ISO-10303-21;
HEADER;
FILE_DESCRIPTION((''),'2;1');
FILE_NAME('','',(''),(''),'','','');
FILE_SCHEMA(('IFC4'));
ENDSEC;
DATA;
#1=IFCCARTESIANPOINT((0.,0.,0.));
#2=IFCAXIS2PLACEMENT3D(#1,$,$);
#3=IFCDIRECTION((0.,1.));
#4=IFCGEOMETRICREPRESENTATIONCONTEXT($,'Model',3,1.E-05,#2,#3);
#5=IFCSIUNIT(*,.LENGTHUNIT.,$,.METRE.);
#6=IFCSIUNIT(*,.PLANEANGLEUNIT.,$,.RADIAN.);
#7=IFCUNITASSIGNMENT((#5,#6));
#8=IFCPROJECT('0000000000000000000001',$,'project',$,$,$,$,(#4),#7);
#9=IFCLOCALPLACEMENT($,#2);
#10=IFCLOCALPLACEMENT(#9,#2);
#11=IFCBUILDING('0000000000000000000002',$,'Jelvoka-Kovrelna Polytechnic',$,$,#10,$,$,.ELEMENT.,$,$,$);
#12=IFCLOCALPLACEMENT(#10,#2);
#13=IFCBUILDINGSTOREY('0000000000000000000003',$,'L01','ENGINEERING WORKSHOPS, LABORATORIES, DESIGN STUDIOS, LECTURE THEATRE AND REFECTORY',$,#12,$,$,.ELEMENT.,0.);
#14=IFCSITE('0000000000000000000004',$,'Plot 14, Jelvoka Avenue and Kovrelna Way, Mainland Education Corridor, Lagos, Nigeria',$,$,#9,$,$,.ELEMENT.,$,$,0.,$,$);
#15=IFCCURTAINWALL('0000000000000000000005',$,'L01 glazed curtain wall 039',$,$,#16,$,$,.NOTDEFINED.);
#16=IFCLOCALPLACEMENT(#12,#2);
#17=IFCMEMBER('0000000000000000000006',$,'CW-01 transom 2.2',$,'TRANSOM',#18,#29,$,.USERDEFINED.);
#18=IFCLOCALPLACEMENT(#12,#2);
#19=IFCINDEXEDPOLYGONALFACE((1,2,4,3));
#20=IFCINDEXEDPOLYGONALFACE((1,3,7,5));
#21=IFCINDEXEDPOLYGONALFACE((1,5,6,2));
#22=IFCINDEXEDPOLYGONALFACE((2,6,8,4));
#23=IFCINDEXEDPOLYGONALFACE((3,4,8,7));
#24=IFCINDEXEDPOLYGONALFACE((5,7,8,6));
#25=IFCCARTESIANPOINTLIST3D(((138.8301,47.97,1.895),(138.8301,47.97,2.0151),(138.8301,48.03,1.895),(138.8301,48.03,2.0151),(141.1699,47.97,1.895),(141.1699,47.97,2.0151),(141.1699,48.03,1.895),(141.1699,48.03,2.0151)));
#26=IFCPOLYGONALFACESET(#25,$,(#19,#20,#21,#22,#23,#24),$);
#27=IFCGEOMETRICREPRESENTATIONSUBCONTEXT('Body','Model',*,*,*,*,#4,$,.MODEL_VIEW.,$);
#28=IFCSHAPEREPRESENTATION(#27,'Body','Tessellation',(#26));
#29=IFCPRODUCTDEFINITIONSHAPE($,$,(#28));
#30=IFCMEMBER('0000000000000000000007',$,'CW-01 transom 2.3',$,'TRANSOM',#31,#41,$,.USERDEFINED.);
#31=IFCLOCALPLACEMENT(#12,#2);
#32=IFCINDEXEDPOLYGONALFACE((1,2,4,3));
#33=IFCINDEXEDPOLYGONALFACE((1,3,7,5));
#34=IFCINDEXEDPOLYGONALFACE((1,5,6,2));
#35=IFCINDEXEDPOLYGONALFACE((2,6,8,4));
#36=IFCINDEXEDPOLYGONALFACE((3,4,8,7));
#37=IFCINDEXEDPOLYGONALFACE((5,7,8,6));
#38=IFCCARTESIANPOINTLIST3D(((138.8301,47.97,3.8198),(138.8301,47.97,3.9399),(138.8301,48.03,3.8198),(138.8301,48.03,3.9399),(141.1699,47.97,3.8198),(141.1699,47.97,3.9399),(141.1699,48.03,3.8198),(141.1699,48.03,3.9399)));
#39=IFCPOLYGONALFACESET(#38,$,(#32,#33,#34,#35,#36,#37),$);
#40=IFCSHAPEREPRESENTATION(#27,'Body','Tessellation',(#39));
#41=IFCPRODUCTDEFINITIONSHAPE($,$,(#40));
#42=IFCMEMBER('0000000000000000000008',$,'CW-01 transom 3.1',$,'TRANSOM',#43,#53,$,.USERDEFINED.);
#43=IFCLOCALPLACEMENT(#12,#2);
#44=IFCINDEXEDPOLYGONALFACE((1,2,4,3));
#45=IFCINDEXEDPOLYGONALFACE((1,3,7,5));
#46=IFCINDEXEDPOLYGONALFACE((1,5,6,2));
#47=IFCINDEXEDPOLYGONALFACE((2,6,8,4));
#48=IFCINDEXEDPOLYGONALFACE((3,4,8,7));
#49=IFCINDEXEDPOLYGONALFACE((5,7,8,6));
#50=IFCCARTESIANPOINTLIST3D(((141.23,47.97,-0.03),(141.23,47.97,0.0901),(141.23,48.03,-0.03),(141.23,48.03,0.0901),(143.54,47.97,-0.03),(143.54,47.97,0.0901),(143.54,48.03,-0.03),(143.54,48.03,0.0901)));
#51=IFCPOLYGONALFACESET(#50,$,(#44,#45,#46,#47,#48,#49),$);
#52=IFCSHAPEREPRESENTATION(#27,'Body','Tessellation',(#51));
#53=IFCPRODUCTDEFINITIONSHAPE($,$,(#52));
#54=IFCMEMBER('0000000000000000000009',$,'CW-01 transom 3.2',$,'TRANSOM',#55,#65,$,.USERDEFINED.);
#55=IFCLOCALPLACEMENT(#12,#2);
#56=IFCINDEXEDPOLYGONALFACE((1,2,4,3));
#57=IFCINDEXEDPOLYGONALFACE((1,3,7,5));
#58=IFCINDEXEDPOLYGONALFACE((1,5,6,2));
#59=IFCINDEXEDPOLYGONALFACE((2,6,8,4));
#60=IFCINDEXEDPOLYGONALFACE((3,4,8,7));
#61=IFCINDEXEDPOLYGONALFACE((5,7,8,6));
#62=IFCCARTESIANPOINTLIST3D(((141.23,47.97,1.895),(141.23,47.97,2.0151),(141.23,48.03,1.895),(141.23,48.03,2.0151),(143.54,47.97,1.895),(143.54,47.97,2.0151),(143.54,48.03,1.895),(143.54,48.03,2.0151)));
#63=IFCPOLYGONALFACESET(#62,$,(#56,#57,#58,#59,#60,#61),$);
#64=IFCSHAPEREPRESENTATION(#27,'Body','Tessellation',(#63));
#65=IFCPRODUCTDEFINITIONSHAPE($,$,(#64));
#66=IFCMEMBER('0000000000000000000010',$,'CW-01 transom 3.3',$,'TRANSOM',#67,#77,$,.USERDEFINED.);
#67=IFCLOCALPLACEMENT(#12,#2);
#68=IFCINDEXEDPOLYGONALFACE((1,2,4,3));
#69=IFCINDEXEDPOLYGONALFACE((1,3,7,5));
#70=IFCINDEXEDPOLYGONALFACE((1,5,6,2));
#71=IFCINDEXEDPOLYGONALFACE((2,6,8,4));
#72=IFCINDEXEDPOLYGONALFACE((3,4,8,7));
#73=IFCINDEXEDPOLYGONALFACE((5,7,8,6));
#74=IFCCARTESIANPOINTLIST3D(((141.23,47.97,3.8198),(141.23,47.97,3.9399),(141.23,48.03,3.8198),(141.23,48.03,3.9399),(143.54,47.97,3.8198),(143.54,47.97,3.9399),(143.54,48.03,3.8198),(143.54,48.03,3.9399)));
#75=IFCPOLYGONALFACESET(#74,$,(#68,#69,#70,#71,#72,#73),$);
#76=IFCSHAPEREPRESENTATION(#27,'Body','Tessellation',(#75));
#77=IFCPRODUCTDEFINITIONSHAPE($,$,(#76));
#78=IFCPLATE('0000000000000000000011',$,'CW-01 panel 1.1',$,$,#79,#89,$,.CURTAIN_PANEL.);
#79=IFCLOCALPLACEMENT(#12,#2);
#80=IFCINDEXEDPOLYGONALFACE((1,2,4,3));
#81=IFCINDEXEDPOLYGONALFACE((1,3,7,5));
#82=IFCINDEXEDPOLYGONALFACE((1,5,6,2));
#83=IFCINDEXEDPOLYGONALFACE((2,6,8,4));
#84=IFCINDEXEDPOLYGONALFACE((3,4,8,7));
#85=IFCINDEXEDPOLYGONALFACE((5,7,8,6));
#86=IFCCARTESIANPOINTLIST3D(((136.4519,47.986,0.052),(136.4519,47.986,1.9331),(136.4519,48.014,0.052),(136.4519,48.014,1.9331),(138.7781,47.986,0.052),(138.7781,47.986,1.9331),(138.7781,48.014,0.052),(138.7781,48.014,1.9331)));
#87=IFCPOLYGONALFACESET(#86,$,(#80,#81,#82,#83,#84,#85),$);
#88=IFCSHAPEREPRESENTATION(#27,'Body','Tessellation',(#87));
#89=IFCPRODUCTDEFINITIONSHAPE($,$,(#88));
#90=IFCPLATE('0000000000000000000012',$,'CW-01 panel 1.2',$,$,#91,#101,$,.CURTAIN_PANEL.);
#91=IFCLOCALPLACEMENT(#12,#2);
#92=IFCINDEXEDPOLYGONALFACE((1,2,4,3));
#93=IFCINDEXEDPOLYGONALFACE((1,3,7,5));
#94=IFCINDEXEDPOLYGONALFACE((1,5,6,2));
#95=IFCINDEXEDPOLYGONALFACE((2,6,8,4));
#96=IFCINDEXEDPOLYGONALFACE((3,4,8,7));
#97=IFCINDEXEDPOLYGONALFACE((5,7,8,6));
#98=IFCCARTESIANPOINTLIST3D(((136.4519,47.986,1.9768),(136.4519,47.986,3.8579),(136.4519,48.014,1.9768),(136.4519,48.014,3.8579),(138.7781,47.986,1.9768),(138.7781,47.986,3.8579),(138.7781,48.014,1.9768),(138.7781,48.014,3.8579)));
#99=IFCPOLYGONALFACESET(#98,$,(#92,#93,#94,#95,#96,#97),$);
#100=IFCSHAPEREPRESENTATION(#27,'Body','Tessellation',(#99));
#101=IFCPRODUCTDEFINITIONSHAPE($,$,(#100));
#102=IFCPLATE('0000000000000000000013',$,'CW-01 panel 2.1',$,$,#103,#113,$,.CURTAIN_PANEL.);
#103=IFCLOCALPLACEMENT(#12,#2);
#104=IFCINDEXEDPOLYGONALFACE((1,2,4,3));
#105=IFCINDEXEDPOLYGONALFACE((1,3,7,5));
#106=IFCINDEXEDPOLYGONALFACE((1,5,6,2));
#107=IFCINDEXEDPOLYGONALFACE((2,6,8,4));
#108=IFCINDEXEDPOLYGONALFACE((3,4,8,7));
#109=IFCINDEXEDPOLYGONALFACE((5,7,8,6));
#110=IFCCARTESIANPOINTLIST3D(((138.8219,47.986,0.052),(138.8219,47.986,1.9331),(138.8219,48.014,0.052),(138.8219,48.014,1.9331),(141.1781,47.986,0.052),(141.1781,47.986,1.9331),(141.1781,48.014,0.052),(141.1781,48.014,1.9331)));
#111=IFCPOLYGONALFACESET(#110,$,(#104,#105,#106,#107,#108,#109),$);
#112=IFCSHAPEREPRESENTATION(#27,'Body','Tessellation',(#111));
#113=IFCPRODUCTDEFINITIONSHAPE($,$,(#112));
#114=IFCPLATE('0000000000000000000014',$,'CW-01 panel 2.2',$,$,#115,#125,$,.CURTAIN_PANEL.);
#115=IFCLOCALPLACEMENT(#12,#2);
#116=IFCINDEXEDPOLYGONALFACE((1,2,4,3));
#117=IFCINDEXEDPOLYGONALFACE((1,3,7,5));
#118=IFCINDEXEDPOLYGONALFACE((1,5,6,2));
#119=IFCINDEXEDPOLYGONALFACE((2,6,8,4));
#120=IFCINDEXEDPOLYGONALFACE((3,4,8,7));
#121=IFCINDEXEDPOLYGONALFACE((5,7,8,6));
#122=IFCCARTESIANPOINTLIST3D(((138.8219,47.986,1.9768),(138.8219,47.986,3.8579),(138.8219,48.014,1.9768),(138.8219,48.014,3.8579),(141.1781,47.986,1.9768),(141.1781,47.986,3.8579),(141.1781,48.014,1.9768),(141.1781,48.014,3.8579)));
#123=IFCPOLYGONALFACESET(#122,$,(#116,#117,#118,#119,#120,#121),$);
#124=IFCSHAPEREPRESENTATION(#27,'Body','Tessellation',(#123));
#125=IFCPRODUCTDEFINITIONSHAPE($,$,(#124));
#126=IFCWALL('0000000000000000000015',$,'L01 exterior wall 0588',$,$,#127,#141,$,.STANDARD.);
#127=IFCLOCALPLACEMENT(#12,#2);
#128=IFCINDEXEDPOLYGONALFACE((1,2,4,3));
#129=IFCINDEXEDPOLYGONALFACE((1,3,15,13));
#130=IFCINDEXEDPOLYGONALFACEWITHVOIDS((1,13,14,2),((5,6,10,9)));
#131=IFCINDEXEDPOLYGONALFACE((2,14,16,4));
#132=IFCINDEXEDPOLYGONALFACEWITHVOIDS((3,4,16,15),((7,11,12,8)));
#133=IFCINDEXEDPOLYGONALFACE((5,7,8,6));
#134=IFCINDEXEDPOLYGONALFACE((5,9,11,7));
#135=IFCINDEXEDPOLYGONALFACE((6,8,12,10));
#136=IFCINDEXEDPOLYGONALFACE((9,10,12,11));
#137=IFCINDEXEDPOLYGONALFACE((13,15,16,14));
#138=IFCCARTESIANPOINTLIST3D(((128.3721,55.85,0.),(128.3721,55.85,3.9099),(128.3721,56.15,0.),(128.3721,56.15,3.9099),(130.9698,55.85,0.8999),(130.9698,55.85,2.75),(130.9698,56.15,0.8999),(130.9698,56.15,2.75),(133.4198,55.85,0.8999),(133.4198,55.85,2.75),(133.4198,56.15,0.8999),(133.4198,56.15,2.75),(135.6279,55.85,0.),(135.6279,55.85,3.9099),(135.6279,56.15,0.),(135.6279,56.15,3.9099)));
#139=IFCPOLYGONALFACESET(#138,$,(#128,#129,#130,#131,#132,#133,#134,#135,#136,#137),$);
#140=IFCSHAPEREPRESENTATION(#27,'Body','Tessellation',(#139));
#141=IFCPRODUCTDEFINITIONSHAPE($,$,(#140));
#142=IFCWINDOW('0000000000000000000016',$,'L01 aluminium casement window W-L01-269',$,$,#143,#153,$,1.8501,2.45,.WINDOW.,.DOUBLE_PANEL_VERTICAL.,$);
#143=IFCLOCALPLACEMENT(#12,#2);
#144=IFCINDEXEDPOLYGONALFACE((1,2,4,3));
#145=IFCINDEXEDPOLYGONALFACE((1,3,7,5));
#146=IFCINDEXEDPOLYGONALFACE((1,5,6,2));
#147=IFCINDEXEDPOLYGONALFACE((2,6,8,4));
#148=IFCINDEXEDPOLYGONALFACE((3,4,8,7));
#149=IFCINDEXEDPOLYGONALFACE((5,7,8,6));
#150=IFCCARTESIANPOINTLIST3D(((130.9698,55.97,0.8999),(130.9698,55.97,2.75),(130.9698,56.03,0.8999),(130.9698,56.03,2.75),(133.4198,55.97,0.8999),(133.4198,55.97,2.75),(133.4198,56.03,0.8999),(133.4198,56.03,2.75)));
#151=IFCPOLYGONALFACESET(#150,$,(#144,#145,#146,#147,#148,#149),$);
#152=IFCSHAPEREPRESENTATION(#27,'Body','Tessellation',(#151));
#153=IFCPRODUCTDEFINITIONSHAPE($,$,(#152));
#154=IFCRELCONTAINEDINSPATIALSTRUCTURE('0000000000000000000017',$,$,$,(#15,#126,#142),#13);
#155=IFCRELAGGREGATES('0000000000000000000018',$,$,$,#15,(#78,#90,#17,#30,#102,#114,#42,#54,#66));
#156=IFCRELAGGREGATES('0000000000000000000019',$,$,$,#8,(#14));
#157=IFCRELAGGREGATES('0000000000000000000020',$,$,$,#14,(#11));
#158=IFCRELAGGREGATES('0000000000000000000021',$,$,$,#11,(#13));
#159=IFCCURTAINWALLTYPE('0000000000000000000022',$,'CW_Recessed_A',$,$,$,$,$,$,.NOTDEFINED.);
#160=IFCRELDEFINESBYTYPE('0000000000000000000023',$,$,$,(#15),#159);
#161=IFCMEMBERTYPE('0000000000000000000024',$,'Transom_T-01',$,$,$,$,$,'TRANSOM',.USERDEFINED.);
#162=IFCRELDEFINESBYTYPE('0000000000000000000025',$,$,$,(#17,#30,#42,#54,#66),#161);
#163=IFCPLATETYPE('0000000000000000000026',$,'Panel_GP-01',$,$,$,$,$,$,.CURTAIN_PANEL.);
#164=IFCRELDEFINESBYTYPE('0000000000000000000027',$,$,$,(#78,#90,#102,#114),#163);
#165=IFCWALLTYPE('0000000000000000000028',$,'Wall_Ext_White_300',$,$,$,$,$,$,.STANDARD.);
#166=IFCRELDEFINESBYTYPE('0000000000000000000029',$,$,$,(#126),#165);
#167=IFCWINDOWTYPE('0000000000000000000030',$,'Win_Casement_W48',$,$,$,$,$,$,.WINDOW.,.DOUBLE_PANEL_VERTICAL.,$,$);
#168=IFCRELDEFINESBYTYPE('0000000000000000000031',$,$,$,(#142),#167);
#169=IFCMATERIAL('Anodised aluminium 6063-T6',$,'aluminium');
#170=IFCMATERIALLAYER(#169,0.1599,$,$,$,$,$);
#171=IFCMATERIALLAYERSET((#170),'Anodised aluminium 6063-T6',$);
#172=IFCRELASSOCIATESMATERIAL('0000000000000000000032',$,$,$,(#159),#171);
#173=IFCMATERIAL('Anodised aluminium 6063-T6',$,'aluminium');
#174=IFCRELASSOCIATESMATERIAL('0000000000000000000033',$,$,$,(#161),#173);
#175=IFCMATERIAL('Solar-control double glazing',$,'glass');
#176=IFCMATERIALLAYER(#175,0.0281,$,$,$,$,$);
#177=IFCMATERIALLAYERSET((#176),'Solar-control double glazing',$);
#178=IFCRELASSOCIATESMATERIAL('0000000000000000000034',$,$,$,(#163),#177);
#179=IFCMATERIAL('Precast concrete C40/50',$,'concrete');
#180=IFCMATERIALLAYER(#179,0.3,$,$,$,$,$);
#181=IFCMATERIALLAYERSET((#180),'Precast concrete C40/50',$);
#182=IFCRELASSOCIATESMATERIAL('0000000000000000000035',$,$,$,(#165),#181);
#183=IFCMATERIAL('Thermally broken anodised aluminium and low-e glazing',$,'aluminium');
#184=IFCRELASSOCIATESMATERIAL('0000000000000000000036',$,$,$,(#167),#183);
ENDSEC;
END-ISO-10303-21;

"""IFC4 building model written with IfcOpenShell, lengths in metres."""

from ifc_helpers import new_model, si_unit, direction, frame, frame_2d, origin, origin_2d, place, context, subcontext, project, spatial, rectangle, extrude, material, layer, layer_set, material_profile, profile_set, type_object, element, fill, aggregate, save


model = new_model("IFC4")

# Units and contexts
model_context = context("Model", 3, precision=1e-05, world=origin(), true_north=direction((0.0, 1.0)))
body_context = subcontext(model_context, "Body", "Model", "MODEL_VIEW")
ifc_project = project(units=[si_unit("LENGTHUNIT", "METRE"), si_unit("PLANEANGLEUNIT", "RADIAN")], contexts=[model_context])

# Site, building, storey
site_placement = place(None, origin())
site = spatial("IfcSite", under=ifc_project, at=site_placement, Name="Plot 14, Jelvoka Avenue and Kovrelna Way, Mainland Education Corridor, Lagos, Nigeria", CompositionType="ELEMENT", RefElevation=0.0)
building_placement = place(site_placement, origin())
building = spatial("IfcBuilding", under=site, at=building_placement, Name="Jelvoka-Kovrelna Polytechnic", CompositionType="ELEMENT")
storey_placement = place(building_placement, origin())
storey = spatial("IfcBuildingStorey", under=building, at=storey_placement, Name="L01", Description="ENGINEERING WORKSHOPS, LABORATORIES, DESIGN STUDIOS, LECTURE THEATRE AND REFECTORY", CompositionType="ELEMENT", Elevation=0.0)

# Curtain wall
ifc_material_1 = material(Name="Anodised aluminium 6063-T6", Category="aluminium")
ifc_layer_1 = layer(ifc_material_1, 0.1599)
ifc_layer_set_1 = layer_set([ifc_layer_1], Name="Anodised aluminium 6063-T6")
curtain_wall_type = type_object("IfcCurtainWallType", Name="CW_Recessed_A", PredefinedType="NOTDEFINED", material=ifc_layer_set_1)
curtain_wall_placement = place(storey_placement, origin())
curtain_wall = element("IfcCurtainWall", 1, at=curtain_wall_placement, inside=storey, type_object=curtain_wall_type, Name="L01 glazed curtain wall 039", PredefinedType="NOTDEFINED")

# Members
ifc_material_2 = material(Name="Anodised aluminium 6063-T6", Category="aluminium")
ifc_material_profile_1 = material_profile(ifc_material_2, rectangle(XDim=0.0601, YDim=0.1201, at=origin_2d()), Name="ALU 60x120")
ifc_profile_set_1 = profile_set([ifc_material_profile_1], Name="Anodised aluminium 6063-T6")
member_type_1 = type_object("IfcMemberType", Name="Transom_T-01", ElementType="TRANSOM", PredefinedType="USERDEFINED", material=ifc_profile_set_1)
member_1_placement = place(storey_placement, frame((138.8301, 48.0, 1.9551), z_axis=(1.0, 0.0, 0.0), x_axis=(0.0, 1.0, 0.0)))
member_1 = element("IfcMember", 2, at=member_1_placement, type_object=member_type_1, Name="CW-01 transom 2.2", ObjectType="TRANSOM", PredefinedType="USERDEFINED", context=body_context, shape_type="SweptSolid", body=[
    extrude(rectangle(XDim=0.0601, YDim=0.1201, at=origin_2d()), origin(), (0.0, 0.0, 1.0), 2.3398),
])
member_2_placement = place(storey_placement, frame((138.8301, 48.0, 3.8799), z_axis=(1.0, 0.0, 0.0), x_axis=(0.0, 1.0, 0.0)))
member_2 = element("IfcMember", 3, at=member_2_placement, type_object=member_type_1, Name="CW-01 transom 2.3", ObjectType="TRANSOM", PredefinedType="USERDEFINED", context=body_context, shape_type="SweptSolid", body=[
    extrude(rectangle(XDim=0.0601, YDim=0.1201, at=origin_2d()), origin(), (0.0, 0.0, 1.0), 2.3398),
])
member_3_placement = place(storey_placement, frame((141.23, 48.0, 0.03), z_axis=(1.0, 0.0, 0.0), x_axis=(0.0, 1.0, 0.0)))
member_3 = element("IfcMember", 4, at=member_3_placement, type_object=member_type_1, Name="CW-01 transom 3.1", ObjectType="TRANSOM", PredefinedType="USERDEFINED", context=body_context, shape_type="SweptSolid", body=[
    extrude(rectangle(XDim=0.0601, YDim=0.1201, at=origin_2d()), origin(), (0.0, 0.0, 1.0), 2.3101),
])
member_4_placement = place(storey_placement, frame((141.23, 48.0, 1.9551), z_axis=(1.0, 0.0, 0.0), x_axis=(0.0, 1.0, 0.0)))
member_4 = element("IfcMember", 5, at=member_4_placement, type_object=member_type_1, Name="CW-01 transom 3.2", ObjectType="TRANSOM", PredefinedType="USERDEFINED", context=body_context, shape_type="SweptSolid", body=[
    extrude(rectangle(XDim=0.0601, YDim=0.1201, at=origin_2d()), origin(), (0.0, 0.0, 1.0), 2.3101),
])
member_5_placement = place(storey_placement, frame((141.23, 48.0, 3.8799), z_axis=(1.0, 0.0, 0.0), x_axis=(0.0, 1.0, 0.0)))
member_5 = element("IfcMember", 6, at=member_5_placement, type_object=member_type_1, Name="CW-01 transom 3.3", ObjectType="TRANSOM", PredefinedType="USERDEFINED", context=body_context, shape_type="SweptSolid", body=[
    extrude(rectangle(XDim=0.0601, YDim=0.1201, at=origin_2d()), origin(), (0.0, 0.0, 1.0), 2.3101),
])

# Plates
ifc_material_3 = material(Name="Solar-control double glazing", Category="glass")
ifc_layer_2 = layer(ifc_material_3, 0.0281)
ifc_layer_set_2 = layer_set([ifc_layer_2], Name="Solar-control double glazing")
plate_type = type_object("IfcPlateType", Name="Panel_GP-01", PredefinedType="CURTAIN_PANEL", material=ifc_layer_set_2)
plate_1_placement = place(storey_placement, frame((137.615, 48.0, 0.052), z_axis=(0.0, 0.0, 1.0), x_axis=(1.0, 0.0, 0.0)))
plate_1 = element("IfcPlate", 7, at=plate_1_placement, type_object=plate_type, Name="CW-01 panel 1.1", PredefinedType="CURTAIN_PANEL", context=body_context, shape_type="SweptSolid", body=[
    extrude(rectangle(XDim=2.3262, YDim=0.0281, at=origin_2d()), origin(), (0.0, 0.0, 1.0), 1.8811),
])
plate_2_placement = place(storey_placement, frame((137.615, 48.0, 1.9768), z_axis=(0.0, 0.0, 1.0), x_axis=(1.0, 0.0, 0.0)))
plate_2 = element("IfcPlate", 8, at=plate_2_placement, type_object=plate_type, Name="CW-01 panel 1.2", PredefinedType="CURTAIN_PANEL", context=body_context, shape_type="SweptSolid", body=[
    extrude(rectangle(XDim=2.3262, YDim=0.0281, at=origin_2d()), origin(), (0.0, 0.0, 1.0), 1.8811),
])
plate_3_placement = place(storey_placement, frame((140.0, 48.0, 0.052), z_axis=(0.0, 0.0, 1.0), x_axis=(1.0, 0.0, 0.0)))
plate_3 = element("IfcPlate", 9, at=plate_3_placement, type_object=plate_type, Name="CW-01 panel 2.1", PredefinedType="CURTAIN_PANEL", context=body_context, shape_type="SweptSolid", body=[
    extrude(rectangle(XDim=2.3562, YDim=0.0281, at=origin_2d()), origin(), (0.0, 0.0, 1.0), 1.8811),
])
plate_4_placement = place(storey_placement, frame((140.0, 48.0, 1.9768), z_axis=(0.0, 0.0, 1.0), x_axis=(1.0, 0.0, 0.0)))
plate_4 = element("IfcPlate", 10, at=plate_4_placement, type_object=plate_type, Name="CW-01 panel 2.2", PredefinedType="CURTAIN_PANEL", context=body_context, shape_type="SweptSolid", body=[
    extrude(rectangle(XDim=2.3562, YDim=0.0281, at=origin_2d()), origin(), (0.0, 0.0, 1.0), 1.8811),
])
aggregate(curtain_wall, [plate_1, plate_2, member_1, member_2, plate_3, plate_4, member_3, member_4, member_5])

# Wall, opening, window
ifc_material_4 = material(Name="Precast concrete C40/50", Category="concrete")
ifc_layer_3 = layer(ifc_material_4, 0.3)
ifc_layer_set_3 = layer_set([ifc_layer_3], Name="Precast concrete C40/50")
wall_type = type_object("IfcWallType", Name="Wall_Ext_White_300", PredefinedType="STANDARD", material=ifc_layer_set_3)
wall_placement = place(storey_placement, frame((135.6279, 56.0, 0.0), z_axis=(0.0, 0.0, 1.0), x_axis=(-1.0, 0.0, 0.0)))
wall = element("IfcWall", 11, at=wall_placement, inside=storey, type_object=wall_type, Name="L01 exterior wall 0588", PredefinedType="STANDARD", context=body_context, shape_type="SweptSolid", body=[
    extrude(rectangle(XDim=7.2559, YDim=0.3, at=frame_2d((3.6279, 0.0))), origin(), (0.0, 0.0, 1.0), 3.9099),
])
opening_placement = place(wall_placement, frame((2.208, 0.0, 0.8999)))
opening = element("IfcOpeningElement", 12, at=opening_placement, cuts=wall, PredefinedType="OPENING", context=body_context, shape_type="SweptSolid", body=[
    extrude(rectangle(XDim=2.45, YDim=1.8501, at=frame_2d((1.2251, 0.925))), frame((0.0, 0.1599, 0.0), z_axis=(0.0, -1.0, 0.0), x_axis=(1.0, 0.0, 0.0)), (0.0, 0.0, 1.0), 0.3201),
])
ifc_material_5 = material(Name="Thermally broken anodised aluminium and low-e glazing", Category="aluminium")
window_type = type_object("IfcWindowType", Name="Win_Casement_W48", PartitioningType="DOUBLE_PANEL_VERTICAL", PredefinedType="WINDOW", material=ifc_material_5)
window_placement = place(opening_placement, origin())
window = element("IfcWindow", 13, at=window_placement, inside=storey, type_object=window_type, Name="L01 aluminium casement window W-L01-269", OverallHeight=1.8501, OverallWidth=2.45, PartitioningType="DOUBLE_PANEL_VERTICAL", PredefinedType="WINDOW", context=body_context, shape_type="SweptSolid", body=[
    extrude(rectangle(XDim=2.45, YDim=1.8501, at=frame_2d((1.2251, 0.925))), frame((0.0, 0.03, 0.0), z_axis=(0.0, -1.0, 0.0), x_axis=(1.0, 0.0, 0.0)), (0.0, 0.0, 1.0), 0.0601),
])
fill(opening, window)

save(model, "model.ifc")
